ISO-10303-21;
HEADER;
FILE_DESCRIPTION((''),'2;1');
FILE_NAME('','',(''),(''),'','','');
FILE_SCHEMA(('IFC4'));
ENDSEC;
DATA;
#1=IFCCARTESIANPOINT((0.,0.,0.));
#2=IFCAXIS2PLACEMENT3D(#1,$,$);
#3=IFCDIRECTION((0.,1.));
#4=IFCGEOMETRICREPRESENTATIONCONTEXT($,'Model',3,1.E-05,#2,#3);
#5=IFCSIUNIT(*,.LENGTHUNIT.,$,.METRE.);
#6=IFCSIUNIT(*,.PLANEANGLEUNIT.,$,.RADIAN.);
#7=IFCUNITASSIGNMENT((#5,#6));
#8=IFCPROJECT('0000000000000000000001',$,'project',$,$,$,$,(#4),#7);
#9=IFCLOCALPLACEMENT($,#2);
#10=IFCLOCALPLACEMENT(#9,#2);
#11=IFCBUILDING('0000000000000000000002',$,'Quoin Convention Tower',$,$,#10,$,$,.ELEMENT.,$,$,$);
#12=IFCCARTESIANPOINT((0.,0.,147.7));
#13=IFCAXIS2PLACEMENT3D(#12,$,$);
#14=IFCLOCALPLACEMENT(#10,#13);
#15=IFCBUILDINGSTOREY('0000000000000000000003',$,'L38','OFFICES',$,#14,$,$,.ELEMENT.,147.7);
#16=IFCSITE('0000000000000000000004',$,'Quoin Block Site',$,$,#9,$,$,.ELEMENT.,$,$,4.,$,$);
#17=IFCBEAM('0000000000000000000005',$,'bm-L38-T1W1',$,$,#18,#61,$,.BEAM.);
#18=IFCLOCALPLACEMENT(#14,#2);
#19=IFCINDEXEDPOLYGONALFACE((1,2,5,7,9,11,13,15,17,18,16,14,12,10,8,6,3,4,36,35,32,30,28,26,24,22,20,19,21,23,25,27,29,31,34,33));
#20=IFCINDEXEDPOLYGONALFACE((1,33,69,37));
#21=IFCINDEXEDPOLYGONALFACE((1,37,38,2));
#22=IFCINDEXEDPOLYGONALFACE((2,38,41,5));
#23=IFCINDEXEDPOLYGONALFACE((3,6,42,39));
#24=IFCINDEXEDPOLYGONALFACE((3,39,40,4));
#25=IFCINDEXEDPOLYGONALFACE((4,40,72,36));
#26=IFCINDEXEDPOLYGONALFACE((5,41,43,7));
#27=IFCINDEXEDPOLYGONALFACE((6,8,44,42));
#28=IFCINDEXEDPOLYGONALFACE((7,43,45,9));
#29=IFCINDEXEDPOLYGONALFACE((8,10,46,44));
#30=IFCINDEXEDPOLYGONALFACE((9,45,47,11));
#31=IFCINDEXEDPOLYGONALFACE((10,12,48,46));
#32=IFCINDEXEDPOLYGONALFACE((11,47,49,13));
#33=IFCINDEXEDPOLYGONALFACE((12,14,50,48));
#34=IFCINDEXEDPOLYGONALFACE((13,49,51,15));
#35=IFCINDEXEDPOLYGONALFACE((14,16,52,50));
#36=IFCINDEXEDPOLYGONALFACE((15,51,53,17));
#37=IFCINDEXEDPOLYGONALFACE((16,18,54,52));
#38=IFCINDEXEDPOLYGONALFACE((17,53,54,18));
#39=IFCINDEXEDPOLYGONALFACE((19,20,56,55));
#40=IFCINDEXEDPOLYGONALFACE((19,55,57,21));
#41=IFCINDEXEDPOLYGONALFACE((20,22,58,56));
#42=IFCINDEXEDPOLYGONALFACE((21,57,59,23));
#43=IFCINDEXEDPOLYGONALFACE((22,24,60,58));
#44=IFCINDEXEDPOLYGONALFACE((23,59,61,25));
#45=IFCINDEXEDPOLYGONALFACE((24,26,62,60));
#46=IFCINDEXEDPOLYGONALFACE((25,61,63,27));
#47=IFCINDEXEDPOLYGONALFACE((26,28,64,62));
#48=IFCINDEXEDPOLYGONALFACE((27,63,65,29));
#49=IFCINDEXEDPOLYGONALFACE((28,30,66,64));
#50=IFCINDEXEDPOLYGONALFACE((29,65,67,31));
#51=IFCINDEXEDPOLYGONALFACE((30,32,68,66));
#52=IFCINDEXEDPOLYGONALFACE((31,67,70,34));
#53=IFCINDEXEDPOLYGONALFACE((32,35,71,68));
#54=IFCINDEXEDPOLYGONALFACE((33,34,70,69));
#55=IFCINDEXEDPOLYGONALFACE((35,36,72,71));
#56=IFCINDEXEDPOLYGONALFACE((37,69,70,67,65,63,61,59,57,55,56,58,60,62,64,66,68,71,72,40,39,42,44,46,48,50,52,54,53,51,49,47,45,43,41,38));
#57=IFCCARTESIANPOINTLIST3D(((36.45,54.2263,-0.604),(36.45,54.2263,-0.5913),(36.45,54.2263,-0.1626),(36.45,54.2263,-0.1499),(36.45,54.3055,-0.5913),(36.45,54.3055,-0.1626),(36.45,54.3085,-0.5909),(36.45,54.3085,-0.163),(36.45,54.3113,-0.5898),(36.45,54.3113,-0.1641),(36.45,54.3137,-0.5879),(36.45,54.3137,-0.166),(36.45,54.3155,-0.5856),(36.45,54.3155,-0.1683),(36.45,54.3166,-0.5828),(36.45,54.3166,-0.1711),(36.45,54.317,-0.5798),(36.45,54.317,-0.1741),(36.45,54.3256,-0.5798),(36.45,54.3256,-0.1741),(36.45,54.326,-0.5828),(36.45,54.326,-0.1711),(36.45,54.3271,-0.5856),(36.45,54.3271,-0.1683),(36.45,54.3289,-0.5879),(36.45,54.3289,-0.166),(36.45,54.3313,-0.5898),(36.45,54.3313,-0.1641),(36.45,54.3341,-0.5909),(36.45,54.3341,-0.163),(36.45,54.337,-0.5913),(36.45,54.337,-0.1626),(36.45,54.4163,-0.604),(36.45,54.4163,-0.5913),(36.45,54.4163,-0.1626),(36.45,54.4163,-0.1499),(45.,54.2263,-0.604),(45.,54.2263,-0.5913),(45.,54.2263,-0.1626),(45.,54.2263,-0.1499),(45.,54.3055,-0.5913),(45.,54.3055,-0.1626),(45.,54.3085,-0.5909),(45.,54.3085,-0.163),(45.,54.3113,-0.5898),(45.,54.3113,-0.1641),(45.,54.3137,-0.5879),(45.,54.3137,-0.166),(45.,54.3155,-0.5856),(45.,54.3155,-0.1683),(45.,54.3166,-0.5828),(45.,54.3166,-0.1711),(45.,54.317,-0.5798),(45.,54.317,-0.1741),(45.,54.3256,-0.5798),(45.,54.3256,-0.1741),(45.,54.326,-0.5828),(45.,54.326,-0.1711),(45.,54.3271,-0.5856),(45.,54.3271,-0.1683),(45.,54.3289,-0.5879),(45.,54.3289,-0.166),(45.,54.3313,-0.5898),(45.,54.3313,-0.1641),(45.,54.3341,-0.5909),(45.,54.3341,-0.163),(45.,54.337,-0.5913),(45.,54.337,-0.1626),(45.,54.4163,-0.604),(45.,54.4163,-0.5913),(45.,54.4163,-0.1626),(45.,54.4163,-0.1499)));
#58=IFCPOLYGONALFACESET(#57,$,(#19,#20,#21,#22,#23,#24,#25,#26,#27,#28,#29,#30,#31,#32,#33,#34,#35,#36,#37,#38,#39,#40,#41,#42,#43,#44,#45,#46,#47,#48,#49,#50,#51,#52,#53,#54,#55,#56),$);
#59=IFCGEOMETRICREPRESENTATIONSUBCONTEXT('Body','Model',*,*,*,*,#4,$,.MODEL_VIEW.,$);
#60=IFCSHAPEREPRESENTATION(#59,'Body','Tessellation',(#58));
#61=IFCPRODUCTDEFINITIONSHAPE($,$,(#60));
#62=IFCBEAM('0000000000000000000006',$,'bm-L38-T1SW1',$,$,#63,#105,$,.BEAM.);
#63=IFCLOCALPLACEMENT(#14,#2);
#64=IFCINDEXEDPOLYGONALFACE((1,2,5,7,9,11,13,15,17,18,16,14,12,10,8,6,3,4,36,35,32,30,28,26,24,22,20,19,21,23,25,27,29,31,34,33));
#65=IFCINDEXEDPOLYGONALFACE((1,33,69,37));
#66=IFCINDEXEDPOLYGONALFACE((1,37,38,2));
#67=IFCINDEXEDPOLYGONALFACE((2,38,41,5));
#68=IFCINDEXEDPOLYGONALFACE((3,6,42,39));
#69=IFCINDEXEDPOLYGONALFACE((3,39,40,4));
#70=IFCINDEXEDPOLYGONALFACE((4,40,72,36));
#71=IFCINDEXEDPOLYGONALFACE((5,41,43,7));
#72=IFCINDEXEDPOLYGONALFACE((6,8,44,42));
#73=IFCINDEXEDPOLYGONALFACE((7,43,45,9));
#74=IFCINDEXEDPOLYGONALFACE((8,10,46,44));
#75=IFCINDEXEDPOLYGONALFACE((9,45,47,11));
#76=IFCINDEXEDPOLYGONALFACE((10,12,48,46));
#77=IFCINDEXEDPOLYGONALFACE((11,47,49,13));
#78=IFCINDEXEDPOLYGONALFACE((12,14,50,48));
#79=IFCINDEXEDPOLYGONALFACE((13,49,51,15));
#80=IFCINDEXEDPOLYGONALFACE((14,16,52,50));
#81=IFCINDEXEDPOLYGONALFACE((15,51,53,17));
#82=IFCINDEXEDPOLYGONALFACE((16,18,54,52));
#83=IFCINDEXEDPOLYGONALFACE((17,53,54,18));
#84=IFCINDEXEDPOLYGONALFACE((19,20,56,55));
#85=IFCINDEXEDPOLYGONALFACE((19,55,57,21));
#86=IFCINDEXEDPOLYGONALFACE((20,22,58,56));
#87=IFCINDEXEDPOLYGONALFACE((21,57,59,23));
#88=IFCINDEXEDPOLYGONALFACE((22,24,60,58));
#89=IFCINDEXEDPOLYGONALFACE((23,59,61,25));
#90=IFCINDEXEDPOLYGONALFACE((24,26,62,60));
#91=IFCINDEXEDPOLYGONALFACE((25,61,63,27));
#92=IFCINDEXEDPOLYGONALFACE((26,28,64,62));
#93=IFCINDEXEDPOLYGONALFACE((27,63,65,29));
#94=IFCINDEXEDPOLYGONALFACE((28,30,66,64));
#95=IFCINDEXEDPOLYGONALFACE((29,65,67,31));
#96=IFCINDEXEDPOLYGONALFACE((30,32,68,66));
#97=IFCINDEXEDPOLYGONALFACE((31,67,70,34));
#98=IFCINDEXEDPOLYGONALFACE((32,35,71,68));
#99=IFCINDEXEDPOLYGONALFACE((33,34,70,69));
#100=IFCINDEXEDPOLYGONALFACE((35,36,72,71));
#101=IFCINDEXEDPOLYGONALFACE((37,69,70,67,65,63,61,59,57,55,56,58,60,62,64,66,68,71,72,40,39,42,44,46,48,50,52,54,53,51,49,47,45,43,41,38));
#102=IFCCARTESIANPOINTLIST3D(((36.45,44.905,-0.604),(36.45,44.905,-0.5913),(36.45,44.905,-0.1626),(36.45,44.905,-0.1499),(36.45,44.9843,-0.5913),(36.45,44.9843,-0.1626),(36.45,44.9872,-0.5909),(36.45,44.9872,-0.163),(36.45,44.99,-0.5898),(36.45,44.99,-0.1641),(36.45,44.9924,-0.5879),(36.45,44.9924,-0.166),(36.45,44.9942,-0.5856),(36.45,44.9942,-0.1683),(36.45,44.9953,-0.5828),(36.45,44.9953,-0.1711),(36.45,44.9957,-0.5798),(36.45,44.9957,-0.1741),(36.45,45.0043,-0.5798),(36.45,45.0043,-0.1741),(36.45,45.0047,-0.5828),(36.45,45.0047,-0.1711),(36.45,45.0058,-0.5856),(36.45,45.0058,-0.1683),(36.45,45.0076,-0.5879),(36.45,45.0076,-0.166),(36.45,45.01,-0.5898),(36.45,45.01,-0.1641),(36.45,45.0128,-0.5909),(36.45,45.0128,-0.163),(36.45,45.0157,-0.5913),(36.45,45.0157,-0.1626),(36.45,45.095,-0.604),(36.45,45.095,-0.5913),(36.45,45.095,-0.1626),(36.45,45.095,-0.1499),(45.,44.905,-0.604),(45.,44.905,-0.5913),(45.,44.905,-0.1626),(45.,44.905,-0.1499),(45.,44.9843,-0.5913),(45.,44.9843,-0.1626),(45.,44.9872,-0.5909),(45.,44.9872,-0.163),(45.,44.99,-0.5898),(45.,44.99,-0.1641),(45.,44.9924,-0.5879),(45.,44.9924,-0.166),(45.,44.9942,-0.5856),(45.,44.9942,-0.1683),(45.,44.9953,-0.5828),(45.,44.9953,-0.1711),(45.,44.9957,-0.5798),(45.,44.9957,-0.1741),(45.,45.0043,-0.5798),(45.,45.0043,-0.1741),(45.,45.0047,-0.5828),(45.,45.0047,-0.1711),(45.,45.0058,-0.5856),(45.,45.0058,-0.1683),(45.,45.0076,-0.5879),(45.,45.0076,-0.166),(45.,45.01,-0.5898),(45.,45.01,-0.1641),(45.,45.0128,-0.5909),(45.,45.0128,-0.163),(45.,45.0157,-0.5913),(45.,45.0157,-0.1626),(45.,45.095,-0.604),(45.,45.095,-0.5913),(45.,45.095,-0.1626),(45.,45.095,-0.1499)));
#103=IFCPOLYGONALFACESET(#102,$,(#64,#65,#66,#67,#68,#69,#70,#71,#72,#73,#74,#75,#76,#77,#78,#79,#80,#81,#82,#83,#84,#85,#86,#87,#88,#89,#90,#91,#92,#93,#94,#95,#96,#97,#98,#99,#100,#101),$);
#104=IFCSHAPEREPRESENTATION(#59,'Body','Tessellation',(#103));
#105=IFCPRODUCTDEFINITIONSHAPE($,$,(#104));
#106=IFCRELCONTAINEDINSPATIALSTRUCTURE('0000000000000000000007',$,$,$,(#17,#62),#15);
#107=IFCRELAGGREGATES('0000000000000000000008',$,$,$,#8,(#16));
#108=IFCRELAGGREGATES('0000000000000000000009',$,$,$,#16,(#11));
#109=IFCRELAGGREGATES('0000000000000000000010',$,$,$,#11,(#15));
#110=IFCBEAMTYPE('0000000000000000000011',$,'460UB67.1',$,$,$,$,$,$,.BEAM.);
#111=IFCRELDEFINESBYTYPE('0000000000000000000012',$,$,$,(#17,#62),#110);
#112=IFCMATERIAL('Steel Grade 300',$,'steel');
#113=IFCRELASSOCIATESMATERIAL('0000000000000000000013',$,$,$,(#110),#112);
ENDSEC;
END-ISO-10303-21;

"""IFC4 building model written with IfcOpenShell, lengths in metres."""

from ifc_helpers import new_model, si_unit, direction, frame, origin, origin_2d, place, context, subcontext, project, spatial, i_section, extrude, material, material_profile, profile_set, type_object, element, save


model = new_model("IFC4")

# Units and contexts
model_context = context("Model", 3, precision=1e-05, world=origin(), true_north=direction((0.0, 1.0)))
body_context = subcontext(model_context, "Body", "Model", "MODEL_VIEW")
ifc_project = project(units=[si_unit("LENGTHUNIT", "METRE"), si_unit("PLANEANGLEUNIT", "RADIAN")], contexts=[model_context])

# Site, building, storey
site_placement = place(None, origin())
site = spatial("IfcSite", under=ifc_project, at=site_placement, Name="Quoin Block Site", CompositionType="ELEMENT", RefElevation=4.0)
building_placement = place(site_placement, origin())
building = spatial("IfcBuilding", under=site, at=building_placement, Name="Quoin Convention Tower", CompositionType="ELEMENT")
storey_placement = place(building_placement, frame((0.0, 0.0, 147.7)))
storey = spatial("IfcBuildingStorey", under=building, at=storey_placement, Name="L38", Description="OFFICES", CompositionType="ELEMENT", Elevation=147.7)

# Beams
ifc_material_1 = material(Name="Steel Grade 300", Category="steel")
ifc_material_profile = material_profile(ifc_material_1, i_section(OverallWidth=0.1899, OverallDepth=0.4541, WebThickness=0.0085, FlangeThickness=0.0127, FilletRadius=0.0115, at=origin_2d()), Name="460UB67.1")
ifc_profile_set = profile_set([ifc_material_profile], Name="Steel Grade 300")
beam_type = type_object("IfcBeamType", Name="460UB67.1", PredefinedType="BEAM", material=ifc_profile_set)
for number, where, z_axis, x_axis, name in (
    (1, (36.45, 54.3213, -0.377), (1.0, 0.0, 0.0), (0.0, 1.0, 0.0), "bm-L38-T1W1"),
    (2, (36.45, 45.0, -0.377), (1.0, 0.0, 0.0), (0.0, 1.0, 0.0), "bm-L38-T1SW1"),
):
    element("IfcBeam", number, at=place(storey_placement, frame(where, z_axis=z_axis, x_axis=x_axis)), inside=storey, type_object=beam_type, Name=name, PredefinedType="BEAM", context=body_context, shape_type="SweptSolid", body=[
        extrude(i_section(OverallWidth=0.1899, OverallDepth=0.4541, WebThickness=0.0085, FlangeThickness=0.0127, FilletRadius=0.0115, at=origin_2d()), origin(), (0.0, 0.0, 1.0), 8.55),
    ])

save(model, "model.ifc")
